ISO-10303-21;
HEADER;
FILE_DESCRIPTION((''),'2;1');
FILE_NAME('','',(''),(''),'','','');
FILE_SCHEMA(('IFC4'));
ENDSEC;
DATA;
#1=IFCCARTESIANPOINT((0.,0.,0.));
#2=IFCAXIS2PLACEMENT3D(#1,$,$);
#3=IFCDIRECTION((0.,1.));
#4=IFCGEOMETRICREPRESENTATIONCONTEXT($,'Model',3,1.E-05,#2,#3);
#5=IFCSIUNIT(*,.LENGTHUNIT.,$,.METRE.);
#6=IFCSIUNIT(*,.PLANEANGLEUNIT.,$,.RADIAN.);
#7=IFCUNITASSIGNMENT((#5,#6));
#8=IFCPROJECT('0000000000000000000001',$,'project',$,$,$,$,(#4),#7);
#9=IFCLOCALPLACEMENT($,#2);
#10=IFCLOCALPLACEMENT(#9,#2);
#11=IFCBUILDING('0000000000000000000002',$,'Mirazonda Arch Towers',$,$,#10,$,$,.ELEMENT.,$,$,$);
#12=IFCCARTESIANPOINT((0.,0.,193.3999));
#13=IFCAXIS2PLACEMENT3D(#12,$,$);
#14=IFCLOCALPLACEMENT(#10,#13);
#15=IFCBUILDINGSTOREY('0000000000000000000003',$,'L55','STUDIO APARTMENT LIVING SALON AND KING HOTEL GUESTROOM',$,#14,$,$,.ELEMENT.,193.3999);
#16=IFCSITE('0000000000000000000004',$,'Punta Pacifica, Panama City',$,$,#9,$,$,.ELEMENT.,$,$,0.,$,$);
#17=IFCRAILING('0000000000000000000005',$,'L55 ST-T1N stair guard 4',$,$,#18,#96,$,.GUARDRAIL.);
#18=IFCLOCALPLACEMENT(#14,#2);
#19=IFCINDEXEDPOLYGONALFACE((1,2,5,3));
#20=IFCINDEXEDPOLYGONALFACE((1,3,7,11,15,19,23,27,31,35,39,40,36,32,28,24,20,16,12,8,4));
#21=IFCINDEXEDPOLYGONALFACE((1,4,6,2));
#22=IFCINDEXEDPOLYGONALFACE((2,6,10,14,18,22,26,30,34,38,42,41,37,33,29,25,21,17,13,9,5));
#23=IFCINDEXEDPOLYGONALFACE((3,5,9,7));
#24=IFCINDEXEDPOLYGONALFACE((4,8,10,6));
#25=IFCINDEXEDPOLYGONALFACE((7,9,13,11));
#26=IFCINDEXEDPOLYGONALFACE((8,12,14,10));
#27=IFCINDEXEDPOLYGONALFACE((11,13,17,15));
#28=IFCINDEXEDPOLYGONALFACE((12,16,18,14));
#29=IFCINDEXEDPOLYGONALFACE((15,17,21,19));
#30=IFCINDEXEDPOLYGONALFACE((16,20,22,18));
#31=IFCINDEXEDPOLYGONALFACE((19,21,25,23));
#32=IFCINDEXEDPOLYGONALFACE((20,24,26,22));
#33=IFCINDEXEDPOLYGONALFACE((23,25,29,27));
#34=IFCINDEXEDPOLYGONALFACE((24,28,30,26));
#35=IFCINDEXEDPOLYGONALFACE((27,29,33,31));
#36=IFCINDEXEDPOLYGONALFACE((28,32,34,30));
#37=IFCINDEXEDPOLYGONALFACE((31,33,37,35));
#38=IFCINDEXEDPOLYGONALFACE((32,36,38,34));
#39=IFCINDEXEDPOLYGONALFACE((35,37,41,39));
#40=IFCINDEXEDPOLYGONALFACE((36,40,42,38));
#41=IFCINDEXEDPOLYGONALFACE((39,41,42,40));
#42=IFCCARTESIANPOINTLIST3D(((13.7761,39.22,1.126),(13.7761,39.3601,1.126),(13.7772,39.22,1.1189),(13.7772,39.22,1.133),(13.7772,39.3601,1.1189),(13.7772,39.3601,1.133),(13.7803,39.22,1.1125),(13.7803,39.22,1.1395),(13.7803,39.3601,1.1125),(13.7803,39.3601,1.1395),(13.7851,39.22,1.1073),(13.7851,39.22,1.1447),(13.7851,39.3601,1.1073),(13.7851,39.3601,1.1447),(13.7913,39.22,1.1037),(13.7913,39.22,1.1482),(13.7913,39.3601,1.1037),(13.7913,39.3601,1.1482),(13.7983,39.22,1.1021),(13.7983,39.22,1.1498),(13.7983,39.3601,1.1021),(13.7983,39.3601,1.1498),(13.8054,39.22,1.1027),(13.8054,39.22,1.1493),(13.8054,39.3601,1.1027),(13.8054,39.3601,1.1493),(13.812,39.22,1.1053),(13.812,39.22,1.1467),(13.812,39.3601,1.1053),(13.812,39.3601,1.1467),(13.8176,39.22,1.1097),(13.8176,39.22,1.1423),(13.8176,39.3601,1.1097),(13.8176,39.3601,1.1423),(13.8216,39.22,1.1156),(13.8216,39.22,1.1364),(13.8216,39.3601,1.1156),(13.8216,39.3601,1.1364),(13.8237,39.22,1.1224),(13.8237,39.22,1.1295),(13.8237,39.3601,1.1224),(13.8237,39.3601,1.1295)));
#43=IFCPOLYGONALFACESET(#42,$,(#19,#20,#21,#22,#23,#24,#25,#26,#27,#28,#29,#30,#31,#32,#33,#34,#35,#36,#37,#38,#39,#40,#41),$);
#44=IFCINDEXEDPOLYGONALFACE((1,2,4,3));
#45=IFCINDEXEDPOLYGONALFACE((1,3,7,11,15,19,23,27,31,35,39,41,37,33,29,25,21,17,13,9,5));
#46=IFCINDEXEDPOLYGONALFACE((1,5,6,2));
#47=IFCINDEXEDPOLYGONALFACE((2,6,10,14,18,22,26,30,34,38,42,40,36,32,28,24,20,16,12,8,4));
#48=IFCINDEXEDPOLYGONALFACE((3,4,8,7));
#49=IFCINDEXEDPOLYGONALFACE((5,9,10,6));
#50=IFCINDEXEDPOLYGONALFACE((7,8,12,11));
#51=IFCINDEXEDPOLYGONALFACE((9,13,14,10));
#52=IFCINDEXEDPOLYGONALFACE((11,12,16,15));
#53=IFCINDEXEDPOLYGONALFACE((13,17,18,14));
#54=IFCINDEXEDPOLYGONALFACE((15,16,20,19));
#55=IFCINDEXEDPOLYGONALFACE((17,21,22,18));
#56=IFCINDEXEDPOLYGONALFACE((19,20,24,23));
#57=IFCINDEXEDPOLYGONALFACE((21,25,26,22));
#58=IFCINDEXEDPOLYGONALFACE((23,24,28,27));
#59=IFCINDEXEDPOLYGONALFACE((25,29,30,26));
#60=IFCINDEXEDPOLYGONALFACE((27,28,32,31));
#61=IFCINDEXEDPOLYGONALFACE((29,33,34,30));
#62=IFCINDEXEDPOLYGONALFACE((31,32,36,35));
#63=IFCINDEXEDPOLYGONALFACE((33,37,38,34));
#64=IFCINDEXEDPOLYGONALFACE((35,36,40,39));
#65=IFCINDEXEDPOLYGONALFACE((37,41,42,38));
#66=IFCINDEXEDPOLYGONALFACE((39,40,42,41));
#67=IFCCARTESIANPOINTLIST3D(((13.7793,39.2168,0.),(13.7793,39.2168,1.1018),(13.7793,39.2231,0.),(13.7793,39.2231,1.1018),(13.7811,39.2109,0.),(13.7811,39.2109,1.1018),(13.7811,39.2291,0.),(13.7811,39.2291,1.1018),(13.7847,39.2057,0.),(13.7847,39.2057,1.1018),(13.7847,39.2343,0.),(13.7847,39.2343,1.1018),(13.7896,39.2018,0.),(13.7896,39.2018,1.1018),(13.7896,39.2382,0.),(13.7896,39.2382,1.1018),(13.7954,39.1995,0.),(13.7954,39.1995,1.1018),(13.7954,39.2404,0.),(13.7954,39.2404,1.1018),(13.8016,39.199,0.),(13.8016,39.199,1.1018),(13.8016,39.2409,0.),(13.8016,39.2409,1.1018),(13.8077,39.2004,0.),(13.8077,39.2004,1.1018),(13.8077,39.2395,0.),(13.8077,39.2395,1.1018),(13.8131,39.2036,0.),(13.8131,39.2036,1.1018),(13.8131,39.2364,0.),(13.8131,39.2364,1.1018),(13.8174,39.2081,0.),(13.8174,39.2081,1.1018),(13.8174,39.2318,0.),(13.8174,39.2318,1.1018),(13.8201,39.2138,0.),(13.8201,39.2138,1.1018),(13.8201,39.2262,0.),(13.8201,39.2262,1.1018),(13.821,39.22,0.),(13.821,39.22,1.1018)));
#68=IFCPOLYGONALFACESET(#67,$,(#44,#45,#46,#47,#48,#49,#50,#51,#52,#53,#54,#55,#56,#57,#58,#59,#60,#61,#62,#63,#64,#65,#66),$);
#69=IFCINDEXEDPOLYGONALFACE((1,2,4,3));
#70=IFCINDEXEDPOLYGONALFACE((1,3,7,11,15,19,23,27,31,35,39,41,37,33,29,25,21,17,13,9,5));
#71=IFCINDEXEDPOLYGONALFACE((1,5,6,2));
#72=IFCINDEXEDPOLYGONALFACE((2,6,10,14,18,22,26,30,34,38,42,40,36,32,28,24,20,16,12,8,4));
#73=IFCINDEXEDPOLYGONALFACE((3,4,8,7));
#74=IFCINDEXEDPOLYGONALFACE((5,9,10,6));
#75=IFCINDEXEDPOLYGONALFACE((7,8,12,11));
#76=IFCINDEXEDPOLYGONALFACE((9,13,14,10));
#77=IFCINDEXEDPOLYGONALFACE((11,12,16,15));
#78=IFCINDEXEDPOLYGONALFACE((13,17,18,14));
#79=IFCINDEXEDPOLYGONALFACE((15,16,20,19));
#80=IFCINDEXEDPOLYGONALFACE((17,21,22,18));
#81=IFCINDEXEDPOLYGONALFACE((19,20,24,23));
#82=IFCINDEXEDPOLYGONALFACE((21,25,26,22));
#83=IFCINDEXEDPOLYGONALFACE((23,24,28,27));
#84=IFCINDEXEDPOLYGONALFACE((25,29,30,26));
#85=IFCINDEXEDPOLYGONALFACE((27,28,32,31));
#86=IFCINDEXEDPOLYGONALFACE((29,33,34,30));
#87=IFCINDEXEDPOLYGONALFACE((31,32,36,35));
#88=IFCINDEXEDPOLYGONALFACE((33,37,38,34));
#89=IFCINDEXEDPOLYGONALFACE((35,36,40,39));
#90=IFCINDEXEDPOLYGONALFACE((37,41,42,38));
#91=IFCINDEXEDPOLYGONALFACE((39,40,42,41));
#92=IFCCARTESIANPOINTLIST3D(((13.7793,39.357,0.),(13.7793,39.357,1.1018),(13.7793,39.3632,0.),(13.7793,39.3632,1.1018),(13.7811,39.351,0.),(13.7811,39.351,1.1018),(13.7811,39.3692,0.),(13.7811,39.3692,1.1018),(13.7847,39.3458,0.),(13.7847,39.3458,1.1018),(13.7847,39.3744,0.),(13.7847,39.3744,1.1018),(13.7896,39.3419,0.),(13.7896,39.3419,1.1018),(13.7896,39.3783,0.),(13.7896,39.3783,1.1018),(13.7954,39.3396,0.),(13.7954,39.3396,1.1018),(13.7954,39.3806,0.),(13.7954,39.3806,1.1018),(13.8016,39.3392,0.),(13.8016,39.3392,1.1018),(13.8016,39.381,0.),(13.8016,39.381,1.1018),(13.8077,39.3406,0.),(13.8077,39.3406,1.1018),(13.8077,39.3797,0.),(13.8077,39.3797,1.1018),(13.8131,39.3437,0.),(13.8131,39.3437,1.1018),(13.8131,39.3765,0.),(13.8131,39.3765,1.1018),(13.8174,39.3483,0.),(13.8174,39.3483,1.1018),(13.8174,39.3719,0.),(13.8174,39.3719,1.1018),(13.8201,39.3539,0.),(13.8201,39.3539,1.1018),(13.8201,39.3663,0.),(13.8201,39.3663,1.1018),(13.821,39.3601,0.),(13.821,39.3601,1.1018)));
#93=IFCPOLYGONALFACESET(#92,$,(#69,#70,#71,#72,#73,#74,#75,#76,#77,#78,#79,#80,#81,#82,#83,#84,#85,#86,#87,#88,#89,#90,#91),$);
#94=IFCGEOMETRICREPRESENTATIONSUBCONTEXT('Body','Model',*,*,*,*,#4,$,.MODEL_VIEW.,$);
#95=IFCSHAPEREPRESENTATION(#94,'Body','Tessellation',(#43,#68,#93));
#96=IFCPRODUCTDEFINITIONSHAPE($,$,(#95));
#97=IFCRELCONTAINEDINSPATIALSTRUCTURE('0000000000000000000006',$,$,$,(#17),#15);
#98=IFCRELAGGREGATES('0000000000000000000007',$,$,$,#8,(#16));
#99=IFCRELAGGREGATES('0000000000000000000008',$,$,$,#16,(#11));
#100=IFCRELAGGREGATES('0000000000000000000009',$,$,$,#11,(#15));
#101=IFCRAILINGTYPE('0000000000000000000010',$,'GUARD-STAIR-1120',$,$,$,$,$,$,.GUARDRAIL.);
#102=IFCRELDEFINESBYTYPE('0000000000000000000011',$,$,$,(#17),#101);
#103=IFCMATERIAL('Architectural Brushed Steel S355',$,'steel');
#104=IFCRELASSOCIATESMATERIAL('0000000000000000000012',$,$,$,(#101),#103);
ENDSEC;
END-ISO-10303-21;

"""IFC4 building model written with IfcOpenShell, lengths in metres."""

from ifc_helpers import new_model, si_unit, direction, frame, origin, origin_2d, place, context, subcontext, project, spatial, circle, extrude, material, type_object, element, save


model = new_model("IFC4")

# Units and contexts
model_context = context("Model", 3, precision=1e-05, world=origin(), true_north=direction((0.0, 1.0)))
body_context = subcontext(model_context, "Body", "Model", "MODEL_VIEW")
ifc_project = project(units=[si_unit("LENGTHUNIT", "METRE"), si_unit("PLANEANGLEUNIT", "RADIAN")], contexts=[model_context])

# Site, building, storey
site_placement = place(None, origin())
site = spatial("IfcSite", under=ifc_project, at=site_placement, Name="Punta Pacifica, Panama City", CompositionType="ELEMENT", RefElevation=0.0)
building_placement = place(site_placement, origin())
building = spatial("IfcBuilding", under=site, at=building_placement, Name="Mirazonda Arch Towers", CompositionType="ELEMENT")
storey_placement = place(building_placement, frame((0.0, 0.0, 193.3999)))
storey = spatial("IfcBuildingStorey", under=building, at=storey_placement, Name="L55", Description="STUDIO APARTMENT LIVING SALON AND KING HOTEL GUESTROOM", CompositionType="ELEMENT", Elevation=193.3999)

# Shared definitions
ifc_material_1 = material(Name="Architectural Brushed Steel S355", Category="steel")

# Railing
railing_type = type_object("IfcRailingType", Name="GUARD-STAIR-1120", PredefinedType="GUARDRAIL", material=ifc_material_1)
railing_1_placement = place(storey_placement, frame((13.8, 39.22, 0.0)))
element("IfcRailing", 1, at=railing_1_placement, inside=storey, type_object=railing_type, Name="L55 ST-T1N stair guard 4", PredefinedType="GUARDRAIL", context=body_context, shape_type="SweptSolid", body=[
    extrude(circle(Radius=0.0239, at=origin_2d()), frame((0.0, 0.0, 1.126), z_axis=(0.0, 1.0, 0.0), x_axis=(-1.0, 0.0, 0.0)), (0.0, 0.0, 1.0), 0.1401),
    extrude(circle(Radius=0.021, at=origin_2d()), origin(), (0.0, 0.0, 1.0), 1.1018),
    extrude(circle(Radius=0.021, at=origin_2d()), frame((0.0, 0.1401, 0.0)), (0.0, 0.0, 1.0), 1.1018),
])

save(model, "model.ifc")
